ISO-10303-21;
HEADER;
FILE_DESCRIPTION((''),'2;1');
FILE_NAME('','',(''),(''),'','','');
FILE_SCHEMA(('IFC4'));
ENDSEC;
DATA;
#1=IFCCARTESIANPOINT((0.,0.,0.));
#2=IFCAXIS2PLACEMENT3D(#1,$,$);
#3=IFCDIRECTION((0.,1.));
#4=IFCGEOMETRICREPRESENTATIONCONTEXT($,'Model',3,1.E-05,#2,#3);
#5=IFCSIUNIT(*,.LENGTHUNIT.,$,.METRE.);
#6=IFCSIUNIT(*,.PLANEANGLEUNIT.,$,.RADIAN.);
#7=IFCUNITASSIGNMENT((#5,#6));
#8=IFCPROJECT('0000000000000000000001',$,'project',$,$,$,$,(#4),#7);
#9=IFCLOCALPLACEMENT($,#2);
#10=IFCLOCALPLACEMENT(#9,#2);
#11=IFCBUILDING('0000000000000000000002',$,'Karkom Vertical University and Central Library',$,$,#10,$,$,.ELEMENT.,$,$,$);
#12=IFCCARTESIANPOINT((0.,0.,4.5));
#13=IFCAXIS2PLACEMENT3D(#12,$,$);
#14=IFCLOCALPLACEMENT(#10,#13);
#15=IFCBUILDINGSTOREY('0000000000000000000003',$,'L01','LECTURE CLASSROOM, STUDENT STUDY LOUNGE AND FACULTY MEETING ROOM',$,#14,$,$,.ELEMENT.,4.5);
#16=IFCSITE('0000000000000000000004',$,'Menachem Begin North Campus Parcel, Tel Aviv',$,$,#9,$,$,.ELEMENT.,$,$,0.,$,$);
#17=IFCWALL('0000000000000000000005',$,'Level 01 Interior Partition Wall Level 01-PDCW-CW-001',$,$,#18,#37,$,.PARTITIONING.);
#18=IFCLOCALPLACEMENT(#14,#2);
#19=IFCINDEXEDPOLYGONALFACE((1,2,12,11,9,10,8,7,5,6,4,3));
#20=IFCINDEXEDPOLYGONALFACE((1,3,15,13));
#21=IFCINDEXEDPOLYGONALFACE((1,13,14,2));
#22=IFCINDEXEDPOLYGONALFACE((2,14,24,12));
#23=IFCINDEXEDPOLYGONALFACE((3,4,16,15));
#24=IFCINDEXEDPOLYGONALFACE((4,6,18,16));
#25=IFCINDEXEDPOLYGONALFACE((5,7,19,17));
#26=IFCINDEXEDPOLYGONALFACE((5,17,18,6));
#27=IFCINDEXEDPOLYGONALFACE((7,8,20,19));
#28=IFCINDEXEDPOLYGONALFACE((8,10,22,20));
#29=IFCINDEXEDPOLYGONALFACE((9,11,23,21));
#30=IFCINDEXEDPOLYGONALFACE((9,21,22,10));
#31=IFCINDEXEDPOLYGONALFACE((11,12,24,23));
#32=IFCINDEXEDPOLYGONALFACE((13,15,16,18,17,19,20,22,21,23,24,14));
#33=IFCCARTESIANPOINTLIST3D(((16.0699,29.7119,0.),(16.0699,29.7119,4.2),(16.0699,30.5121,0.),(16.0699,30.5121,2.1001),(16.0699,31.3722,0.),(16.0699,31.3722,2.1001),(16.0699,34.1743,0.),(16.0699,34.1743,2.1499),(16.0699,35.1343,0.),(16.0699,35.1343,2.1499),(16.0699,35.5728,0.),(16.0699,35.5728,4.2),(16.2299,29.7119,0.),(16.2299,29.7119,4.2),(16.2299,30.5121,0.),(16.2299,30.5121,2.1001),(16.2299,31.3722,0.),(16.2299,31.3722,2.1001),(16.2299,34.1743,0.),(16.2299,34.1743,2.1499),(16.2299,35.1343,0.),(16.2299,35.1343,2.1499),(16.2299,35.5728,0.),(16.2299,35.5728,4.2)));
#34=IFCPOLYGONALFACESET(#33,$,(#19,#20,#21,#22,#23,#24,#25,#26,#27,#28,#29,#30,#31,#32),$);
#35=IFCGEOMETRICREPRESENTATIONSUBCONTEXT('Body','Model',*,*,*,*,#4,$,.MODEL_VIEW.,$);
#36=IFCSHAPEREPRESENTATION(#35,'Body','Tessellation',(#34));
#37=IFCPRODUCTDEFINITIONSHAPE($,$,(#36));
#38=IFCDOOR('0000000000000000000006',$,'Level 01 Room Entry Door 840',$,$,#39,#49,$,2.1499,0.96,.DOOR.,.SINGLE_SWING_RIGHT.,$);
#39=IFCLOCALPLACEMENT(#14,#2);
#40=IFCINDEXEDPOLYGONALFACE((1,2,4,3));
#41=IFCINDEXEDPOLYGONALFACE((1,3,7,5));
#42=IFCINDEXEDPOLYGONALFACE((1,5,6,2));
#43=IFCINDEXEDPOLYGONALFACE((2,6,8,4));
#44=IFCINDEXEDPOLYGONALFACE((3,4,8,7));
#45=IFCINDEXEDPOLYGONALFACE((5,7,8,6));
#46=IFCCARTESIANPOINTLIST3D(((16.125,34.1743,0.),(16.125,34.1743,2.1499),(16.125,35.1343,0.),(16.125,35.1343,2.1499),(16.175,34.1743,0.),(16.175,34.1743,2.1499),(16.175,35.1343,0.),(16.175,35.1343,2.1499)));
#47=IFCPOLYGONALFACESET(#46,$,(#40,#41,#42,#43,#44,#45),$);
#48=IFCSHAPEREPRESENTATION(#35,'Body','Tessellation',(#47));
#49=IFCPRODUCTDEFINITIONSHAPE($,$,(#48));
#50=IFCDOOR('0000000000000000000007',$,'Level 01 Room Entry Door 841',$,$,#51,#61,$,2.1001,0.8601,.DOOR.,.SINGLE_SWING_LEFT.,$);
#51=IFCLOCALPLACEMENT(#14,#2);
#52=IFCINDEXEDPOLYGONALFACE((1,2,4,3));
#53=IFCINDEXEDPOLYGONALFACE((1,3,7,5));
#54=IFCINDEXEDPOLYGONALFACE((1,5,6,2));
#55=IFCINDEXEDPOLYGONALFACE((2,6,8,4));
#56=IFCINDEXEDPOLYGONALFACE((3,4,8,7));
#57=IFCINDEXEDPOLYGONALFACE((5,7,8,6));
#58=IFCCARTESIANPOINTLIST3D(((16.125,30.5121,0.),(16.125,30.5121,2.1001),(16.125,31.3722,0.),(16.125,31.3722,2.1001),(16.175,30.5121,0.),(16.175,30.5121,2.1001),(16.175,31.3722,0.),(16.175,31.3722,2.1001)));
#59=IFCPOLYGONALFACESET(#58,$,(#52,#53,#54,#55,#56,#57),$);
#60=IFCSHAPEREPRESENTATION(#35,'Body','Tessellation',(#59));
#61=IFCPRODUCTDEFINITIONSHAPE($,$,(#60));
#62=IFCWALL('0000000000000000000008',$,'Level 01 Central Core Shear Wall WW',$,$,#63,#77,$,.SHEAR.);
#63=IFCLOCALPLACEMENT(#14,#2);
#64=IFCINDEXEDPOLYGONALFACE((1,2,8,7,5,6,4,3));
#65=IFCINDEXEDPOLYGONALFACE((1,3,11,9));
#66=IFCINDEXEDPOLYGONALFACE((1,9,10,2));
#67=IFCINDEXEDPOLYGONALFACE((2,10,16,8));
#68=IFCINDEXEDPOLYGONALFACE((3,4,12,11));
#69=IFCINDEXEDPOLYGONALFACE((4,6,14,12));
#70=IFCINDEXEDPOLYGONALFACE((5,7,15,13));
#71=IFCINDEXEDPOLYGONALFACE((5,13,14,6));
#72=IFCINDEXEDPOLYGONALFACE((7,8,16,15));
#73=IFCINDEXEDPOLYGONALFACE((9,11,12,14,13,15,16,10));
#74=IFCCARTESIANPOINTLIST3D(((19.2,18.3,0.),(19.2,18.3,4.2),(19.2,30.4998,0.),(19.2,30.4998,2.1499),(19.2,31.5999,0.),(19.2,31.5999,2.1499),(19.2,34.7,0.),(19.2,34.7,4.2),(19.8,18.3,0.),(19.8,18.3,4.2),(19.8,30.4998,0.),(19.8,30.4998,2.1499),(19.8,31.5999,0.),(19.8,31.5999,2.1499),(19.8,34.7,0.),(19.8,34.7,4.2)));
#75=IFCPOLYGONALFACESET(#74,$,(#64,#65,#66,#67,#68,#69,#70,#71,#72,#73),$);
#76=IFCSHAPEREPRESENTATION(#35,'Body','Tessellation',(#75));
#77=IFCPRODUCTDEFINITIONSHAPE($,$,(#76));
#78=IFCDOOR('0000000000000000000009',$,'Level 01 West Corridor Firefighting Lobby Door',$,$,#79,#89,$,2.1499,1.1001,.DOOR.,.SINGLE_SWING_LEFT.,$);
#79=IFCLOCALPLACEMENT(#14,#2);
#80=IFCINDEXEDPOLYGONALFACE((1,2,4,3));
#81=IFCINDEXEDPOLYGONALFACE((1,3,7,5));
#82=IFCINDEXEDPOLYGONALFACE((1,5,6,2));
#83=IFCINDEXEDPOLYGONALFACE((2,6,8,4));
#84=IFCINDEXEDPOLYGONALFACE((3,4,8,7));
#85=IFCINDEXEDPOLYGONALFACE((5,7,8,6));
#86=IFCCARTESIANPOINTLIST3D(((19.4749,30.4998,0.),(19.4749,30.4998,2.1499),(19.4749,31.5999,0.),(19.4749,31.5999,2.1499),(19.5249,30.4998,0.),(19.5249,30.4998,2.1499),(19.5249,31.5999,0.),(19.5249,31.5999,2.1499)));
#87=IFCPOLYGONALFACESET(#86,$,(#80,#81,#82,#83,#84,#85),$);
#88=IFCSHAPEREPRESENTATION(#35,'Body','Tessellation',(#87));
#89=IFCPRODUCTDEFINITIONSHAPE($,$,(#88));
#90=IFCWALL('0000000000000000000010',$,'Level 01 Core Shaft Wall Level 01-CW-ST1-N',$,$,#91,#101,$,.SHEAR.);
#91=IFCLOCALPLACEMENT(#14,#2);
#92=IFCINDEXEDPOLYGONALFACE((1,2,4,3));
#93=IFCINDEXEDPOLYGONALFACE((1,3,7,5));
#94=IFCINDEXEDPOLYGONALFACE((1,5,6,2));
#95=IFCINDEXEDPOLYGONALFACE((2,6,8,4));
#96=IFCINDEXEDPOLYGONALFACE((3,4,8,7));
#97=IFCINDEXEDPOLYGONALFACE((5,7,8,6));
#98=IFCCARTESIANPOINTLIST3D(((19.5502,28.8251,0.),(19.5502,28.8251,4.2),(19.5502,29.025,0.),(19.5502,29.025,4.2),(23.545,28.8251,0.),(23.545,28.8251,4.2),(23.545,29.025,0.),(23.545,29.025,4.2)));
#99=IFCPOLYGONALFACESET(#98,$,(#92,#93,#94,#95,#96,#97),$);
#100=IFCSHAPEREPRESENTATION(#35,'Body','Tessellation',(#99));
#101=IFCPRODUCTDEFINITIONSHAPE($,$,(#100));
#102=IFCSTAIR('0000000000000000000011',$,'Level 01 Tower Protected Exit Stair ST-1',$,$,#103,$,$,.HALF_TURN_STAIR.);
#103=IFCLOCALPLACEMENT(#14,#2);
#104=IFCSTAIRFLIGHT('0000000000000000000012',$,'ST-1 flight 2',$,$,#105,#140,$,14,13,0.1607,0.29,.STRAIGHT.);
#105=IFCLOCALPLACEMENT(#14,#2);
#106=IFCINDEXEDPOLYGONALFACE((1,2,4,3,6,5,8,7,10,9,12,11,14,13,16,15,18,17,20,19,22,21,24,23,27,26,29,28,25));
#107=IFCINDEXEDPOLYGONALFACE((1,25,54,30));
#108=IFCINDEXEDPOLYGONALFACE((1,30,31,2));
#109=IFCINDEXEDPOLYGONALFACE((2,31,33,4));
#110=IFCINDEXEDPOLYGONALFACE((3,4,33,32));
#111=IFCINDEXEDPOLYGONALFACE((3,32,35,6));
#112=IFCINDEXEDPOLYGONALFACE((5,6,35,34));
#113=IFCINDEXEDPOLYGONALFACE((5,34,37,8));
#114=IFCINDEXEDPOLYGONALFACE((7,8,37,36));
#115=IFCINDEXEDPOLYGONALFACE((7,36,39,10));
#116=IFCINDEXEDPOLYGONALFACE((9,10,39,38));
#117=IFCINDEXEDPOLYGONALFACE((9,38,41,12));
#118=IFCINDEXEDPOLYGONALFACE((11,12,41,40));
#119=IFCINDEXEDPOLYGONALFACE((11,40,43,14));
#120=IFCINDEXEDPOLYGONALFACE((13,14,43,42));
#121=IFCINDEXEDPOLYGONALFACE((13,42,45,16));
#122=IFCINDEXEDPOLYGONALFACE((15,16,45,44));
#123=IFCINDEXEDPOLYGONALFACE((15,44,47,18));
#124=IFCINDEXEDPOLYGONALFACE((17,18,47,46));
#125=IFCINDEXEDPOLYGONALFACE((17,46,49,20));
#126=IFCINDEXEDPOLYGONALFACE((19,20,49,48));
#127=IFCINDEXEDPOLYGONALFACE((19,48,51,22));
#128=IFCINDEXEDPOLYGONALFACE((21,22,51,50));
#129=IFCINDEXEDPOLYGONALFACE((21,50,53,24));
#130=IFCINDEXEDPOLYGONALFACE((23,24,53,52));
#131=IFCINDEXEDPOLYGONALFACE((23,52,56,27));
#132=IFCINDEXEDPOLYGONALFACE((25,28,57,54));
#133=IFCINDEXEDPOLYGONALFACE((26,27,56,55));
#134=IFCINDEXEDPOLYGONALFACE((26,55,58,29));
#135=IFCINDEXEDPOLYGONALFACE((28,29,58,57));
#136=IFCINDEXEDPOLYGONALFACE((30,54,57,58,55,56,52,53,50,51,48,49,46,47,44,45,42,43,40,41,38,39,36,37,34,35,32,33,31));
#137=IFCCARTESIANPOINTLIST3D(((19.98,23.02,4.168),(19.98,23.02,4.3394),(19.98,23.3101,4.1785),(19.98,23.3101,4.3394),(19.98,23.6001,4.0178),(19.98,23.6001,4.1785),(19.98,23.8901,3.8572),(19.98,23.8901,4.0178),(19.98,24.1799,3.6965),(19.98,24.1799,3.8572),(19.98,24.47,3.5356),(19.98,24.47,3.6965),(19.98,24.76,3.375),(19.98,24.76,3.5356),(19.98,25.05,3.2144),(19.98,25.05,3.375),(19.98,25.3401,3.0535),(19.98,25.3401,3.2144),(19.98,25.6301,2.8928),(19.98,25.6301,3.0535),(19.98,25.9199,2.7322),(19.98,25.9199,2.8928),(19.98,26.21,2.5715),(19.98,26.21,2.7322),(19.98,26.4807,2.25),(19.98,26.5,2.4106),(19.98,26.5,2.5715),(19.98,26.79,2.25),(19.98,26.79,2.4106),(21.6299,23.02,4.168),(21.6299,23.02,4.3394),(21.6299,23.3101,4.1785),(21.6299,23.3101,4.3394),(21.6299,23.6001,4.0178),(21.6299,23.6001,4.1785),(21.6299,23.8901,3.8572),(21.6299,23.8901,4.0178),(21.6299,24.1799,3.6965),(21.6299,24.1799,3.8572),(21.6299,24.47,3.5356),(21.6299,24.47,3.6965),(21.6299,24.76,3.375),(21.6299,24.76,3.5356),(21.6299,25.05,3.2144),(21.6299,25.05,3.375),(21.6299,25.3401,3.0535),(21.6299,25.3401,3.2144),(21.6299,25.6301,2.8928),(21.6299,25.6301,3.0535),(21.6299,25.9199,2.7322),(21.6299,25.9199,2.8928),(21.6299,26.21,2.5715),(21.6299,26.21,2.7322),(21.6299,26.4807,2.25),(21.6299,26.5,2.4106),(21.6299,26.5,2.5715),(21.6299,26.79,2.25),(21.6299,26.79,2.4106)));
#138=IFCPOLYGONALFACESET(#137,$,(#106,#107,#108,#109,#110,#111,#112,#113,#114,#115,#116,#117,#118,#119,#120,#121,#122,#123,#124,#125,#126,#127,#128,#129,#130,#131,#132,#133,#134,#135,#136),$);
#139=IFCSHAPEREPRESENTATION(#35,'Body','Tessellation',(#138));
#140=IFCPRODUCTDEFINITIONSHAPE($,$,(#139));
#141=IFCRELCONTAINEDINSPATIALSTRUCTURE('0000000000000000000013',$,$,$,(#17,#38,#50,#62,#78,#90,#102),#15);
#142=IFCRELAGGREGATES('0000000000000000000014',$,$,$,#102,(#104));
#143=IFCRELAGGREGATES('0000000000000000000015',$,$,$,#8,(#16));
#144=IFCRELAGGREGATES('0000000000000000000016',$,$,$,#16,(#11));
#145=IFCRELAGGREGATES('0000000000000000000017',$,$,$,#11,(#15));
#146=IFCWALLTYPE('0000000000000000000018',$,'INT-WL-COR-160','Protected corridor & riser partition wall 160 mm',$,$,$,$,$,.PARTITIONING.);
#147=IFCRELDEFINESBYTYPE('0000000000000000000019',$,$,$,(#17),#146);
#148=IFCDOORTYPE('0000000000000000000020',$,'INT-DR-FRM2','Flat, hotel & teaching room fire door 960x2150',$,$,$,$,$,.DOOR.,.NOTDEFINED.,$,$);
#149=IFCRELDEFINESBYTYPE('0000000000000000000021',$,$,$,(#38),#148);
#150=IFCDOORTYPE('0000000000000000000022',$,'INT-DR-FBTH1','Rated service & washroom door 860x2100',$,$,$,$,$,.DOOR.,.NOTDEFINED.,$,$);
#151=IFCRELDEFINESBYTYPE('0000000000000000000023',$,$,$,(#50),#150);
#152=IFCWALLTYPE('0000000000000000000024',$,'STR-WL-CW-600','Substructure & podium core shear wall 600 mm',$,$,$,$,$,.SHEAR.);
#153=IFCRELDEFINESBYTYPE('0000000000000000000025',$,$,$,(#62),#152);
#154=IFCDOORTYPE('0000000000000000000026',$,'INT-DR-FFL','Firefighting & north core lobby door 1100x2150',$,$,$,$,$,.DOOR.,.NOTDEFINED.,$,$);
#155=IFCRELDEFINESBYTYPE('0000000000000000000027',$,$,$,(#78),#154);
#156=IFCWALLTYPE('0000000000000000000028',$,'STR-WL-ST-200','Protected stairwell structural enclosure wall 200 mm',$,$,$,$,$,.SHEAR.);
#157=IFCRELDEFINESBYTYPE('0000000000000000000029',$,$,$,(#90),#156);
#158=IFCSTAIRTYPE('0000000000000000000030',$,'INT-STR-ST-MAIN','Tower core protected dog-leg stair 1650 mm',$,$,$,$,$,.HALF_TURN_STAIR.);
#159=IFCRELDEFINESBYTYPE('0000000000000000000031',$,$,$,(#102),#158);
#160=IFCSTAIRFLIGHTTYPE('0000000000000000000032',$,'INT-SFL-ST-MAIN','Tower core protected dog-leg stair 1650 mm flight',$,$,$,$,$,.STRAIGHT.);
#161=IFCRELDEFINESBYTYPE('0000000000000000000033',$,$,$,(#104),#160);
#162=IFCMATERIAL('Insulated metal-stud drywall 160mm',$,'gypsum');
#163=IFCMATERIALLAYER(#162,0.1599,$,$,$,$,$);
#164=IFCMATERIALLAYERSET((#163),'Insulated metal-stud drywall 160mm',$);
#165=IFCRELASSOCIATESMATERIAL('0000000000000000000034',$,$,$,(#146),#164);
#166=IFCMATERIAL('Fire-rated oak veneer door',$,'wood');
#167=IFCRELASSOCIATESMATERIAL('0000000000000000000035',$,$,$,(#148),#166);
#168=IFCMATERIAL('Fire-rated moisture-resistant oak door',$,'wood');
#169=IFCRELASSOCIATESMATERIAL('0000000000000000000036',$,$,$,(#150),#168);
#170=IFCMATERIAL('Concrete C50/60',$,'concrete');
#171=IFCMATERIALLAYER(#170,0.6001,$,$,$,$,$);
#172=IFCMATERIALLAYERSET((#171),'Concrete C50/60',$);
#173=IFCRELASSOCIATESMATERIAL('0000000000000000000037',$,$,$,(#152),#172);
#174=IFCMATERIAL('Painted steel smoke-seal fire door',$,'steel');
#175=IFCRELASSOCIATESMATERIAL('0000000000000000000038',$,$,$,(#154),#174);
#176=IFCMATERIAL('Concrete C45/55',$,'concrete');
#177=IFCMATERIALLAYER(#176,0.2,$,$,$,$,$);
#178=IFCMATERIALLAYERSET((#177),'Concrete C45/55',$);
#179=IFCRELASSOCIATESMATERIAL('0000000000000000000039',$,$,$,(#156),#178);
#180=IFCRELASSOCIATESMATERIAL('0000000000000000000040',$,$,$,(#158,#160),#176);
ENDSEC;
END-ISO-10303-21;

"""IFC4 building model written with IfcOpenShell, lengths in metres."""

from ifc_helpers import new_model, si_unit, direction, frame, frame_2d, origin, origin_with_axes, place, context, subcontext, project, spatial, polyline, rectangle, outline, extrude, source, transform, mapped, material, layer, layer_set, type_object, element, fill, aggregate, save


model = new_model("IFC4")

# Units and contexts
model_context = context("Model", 3, precision=1e-05, world=origin(), true_north=direction((0.0, 1.0)))
body_context = subcontext(model_context, "Body", "Model", "MODEL_VIEW")
ifc_project = project(units=[si_unit("LENGTHUNIT", "METRE"), si_unit("PLANEANGLEUNIT", "RADIAN")], contexts=[model_context])

# Site, building, storey
site_placement = place(None, origin())
site = spatial("IfcSite", under=ifc_project, at=site_placement, Name="Menachem Begin North Campus Parcel, Tel Aviv", CompositionType="ELEMENT", RefElevation=0.0)
building_placement = place(site_placement, origin())
building = spatial("IfcBuilding", under=site, at=building_placement, Name="Karkom Vertical University and Central Library", CompositionType="ELEMENT")
storey_placement = place(building_placement, frame((0.0, 0.0, 4.5)))
storey = spatial("IfcBuildingStorey", under=building, at=storey_placement, Name="L01", Description="LECTURE CLASSROOM, STUDENT STUDY LOUNGE AND FACULTY MEETING ROOM", CompositionType="ELEMENT", Elevation=4.5)

# Shared definitions
ifc_material_1 = material(Name="Concrete C50/60", Category="concrete")

# Shared definitions
ifc_material_2 = material(Name="Insulated metal-stud drywall 160mm", Category="gypsum")
ifc_layer_1 = layer(ifc_material_2, 0.1599)
ifc_layer_set_1 = layer_set([ifc_layer_1], Name="Insulated metal-stud drywall 160mm")
wall_type_1 = type_object("IfcWallType", Name="INT-WL-COR-160", Description="Protected corridor & riser partition wall 160 mm", PredefinedType="PARTITIONING", material=ifc_layer_set_1)
ifc_material_3 = material(Name="Fire-rated moisture-resistant oak door", Category="wood")

# Wall, openings, doors
wall_1_placement = place(storey_placement, frame((16.1499, 29.7119, 0.0), z_axis=(0.0, 0.0, 1.0), x_axis=(0.0, 1.0, 0.0)))
wall_1 = element("IfcWall", 1, at=wall_1_placement, inside=storey, type_object=wall_type_1, Name="Level 01 Interior Partition Wall Level 01-PDCW-CW-001", PredefinedType="PARTITIONING", context=body_context, shape_type="SweptSolid", body=[
    extrude(rectangle(XDim=5.8608, YDim=0.1599, at=frame_2d((2.9304, 0.0))), origin(), (0.0, 0.0, 1.0), 4.2),
])
opening_1_placement = place(wall_1_placement, frame((4.4624, 0.0, 0.0)))
opening_1 = element("IfcOpeningElement", 2, at=opening_1_placement, cuts=wall_1, PredefinedType="OPENING", context=body_context, shape_type="SweptSolid", body=[
    extrude(rectangle(XDim=0.96, YDim=2.1499, at=frame_2d((0.48, 1.075))), frame((0.0, 0.0898, 0.0), z_axis=(0.0, -1.0, 0.0), x_axis=(1.0, 0.0, 0.0)), (0.0, 0.0, 1.0), 0.1799),
])
opening_2_placement = place(wall_1_placement, frame((0.8, 0.0, 0.0)))
opening_2 = element("IfcOpeningElement", 3, at=opening_2_placement, cuts=wall_1, PredefinedType="OPENING", context=body_context, shape_type="SweptSolid", body=[
    extrude(rectangle(XDim=0.8601, YDim=2.1001, at=frame_2d((0.4302, 1.05))), frame((0.0, 0.0898, 0.0), z_axis=(0.0, -1.0, 0.0), x_axis=(1.0, 0.0, 0.0)), (0.0, 0.0, 1.0), 0.1799),
])
ifc_material_4 = material(Name="Fire-rated oak veneer door", Category="wood")
door_type_1 = type_object("IfcDoorType", Name="INT-DR-FRM2", Description="Flat, hotel & teaching room fire door 960x2150", OperationType="NOTDEFINED", PredefinedType="DOOR", material=ifc_material_4)
shared_shape_1 = source(origin_with_axes(), body_context, "Body", "SweptSolid", [
    extrude(rectangle(XDim=0.96, YDim=2.1499, at=frame_2d((0.48, 1.075))), frame((0.0, 0.0249, 0.0), z_axis=(0.0, -1.0, 0.0), x_axis=(1.0, 0.0, 0.0)), (0.0, 0.0, 1.0), 0.05),
])
door_1_placement = place(opening_1_placement, origin())
door_1 = element("IfcDoor", 4, at=door_1_placement, inside=storey, type_object=door_type_1, Name="Level 01 Room Entry Door 840", OperationType="SINGLE_SWING_RIGHT", OverallHeight=2.1499, OverallWidth=0.96, PredefinedType="DOOR", context=body_context, shape_type="MappedRepresentation", body=[
    mapped(shared_shape_1, transform((0.0, 0.0, 0.0), scale=1.0)),
])
fill(opening_1, door_1)
door_type_2 = type_object("IfcDoorType", Name="INT-DR-FBTH1", Description="Rated service & washroom door 860x2100", OperationType="NOTDEFINED", PredefinedType="DOOR", material=ifc_material_3)
shared_shape_2 = source(origin_with_axes(), body_context, "Body", "SweptSolid", [
    extrude(rectangle(XDim=0.8601, YDim=2.1001, at=frame_2d((0.4302, 1.05))), frame((0.0, 0.0249, 0.0), z_axis=(0.0, -1.0, 0.0), x_axis=(1.0, 0.0, 0.0)), (0.0, 0.0, 1.0), 0.05),
])
door_2_placement = place(opening_2_placement, origin())
door_2 = element("IfcDoor", 5, at=door_2_placement, inside=storey, type_object=door_type_2, Name="Level 01 Room Entry Door 841", OperationType="SINGLE_SWING_LEFT", OverallHeight=2.1001, OverallWidth=0.8601, PredefinedType="DOOR", context=body_context, shape_type="MappedRepresentation", body=[
    mapped(shared_shape_2, transform((0.0, 0.0, 0.0), scale=1.0)),
])
fill(opening_2, door_2)

# Wall, opening, door
ifc_layer_2 = layer(ifc_material_1, 0.6001)
ifc_layer_set_2 = layer_set([ifc_layer_2], Name="Concrete C50/60")
wall_type_2 = type_object("IfcWallType", Name="STR-WL-CW-600", Description="Substructure & podium core shear wall 600 mm", PredefinedType="SHEAR", material=ifc_layer_set_2)
wall_2_placement = place(storey_placement, frame((19.5, 34.7, 0.0), z_axis=(0.0, 0.0, 1.0), x_axis=(0.0, -1.0, 0.0)))
wall_2 = element("IfcWall", 6, at=wall_2_placement, inside=storey, type_object=wall_type_2, Name="Level 01 Central Core Shear Wall WW", PredefinedType="SHEAR", context=body_context, shape_type="SweptSolid", body=[
    extrude(rectangle(XDim=16.3999, YDim=0.6001, at=frame_2d((8.2, 0.0))), origin(), (0.0, 0.0, 1.0), 4.2),
])
opening_3_placement = place(wall_2_placement, frame((3.1001, 0.0, 0.0)))
opening_3 = element("IfcOpeningElement", 7, at=opening_3_placement, cuts=wall_2, PredefinedType="OPENING", context=body_context, shape_type="SweptSolid", body=[
    extrude(rectangle(XDim=1.1001, YDim=2.1499, at=frame_2d((0.55, 1.075))), frame((0.0, 0.3101, 0.0), z_axis=(0.0, -1.0, 0.0), x_axis=(1.0, 0.0, 0.0)), (0.0, 0.0, 1.0), 0.6201),
])
ifc_material_5 = material(Name="Painted steel smoke-seal fire door", Category="steel")
door_type_3 = type_object("IfcDoorType", Name="INT-DR-FFL", Description="Firefighting & north core lobby door 1100x2150", OperationType="NOTDEFINED", PredefinedType="DOOR", material=ifc_material_5)
shared_shape_3 = source(origin_with_axes(), body_context, "Body", "SweptSolid", [
    extrude(rectangle(XDim=1.1001, YDim=2.1499, at=frame_2d((0.55, 1.075))), frame((0.0, 0.0249, 0.0), z_axis=(0.0, -1.0, 0.0), x_axis=(1.0, 0.0, 0.0)), (0.0, 0.0, 1.0), 0.05),
])
door_3_placement = place(opening_3_placement, origin())
door_3 = element("IfcDoor", 8, at=door_3_placement, inside=storey, type_object=door_type_3, Name="Level 01 West Corridor Firefighting Lobby Door", OperationType="SINGLE_SWING_LEFT", OverallHeight=2.1499, OverallWidth=1.1001, PredefinedType="DOOR", context=body_context, shape_type="MappedRepresentation", body=[
    mapped(shared_shape_3, transform((0.0, 0.0, 0.0), scale=1.0)),
])
fill(opening_3, door_3)

# Wall
ifc_material_6 = material(Name="Concrete C45/55", Category="concrete")
ifc_layer_3 = layer(ifc_material_6, 0.2)
ifc_layer_set_3 = layer_set([ifc_layer_3], Name="Concrete C45/55")
wall_type_3 = type_object("IfcWallType", Name="STR-WL-ST-200", Description="Protected stairwell structural enclosure wall 200 mm", PredefinedType="SHEAR", material=ifc_layer_set_3)
wall_3_placement = place(storey_placement, frame((19.55, 28.925, 0.0), z_axis=(0.0, 0.0, 1.0), x_axis=(1.0, 0.0, 0.0)))
element("IfcWall", 9, at=wall_3_placement, inside=storey, type_object=wall_type_3, Name="Level 01 Core Shaft Wall Level 01-CW-ST1-N", PredefinedType="SHEAR", context=body_context, shape_type="SweptSolid", body=[
    extrude(rectangle(XDim=3.9949, YDim=0.2, at=frame_2d((1.9976, 0.0))), origin(), (0.0, 0.0, 1.0), 4.2),
])

# Stair, stair flight
stair_type_1 = type_object("IfcStairType", Name="INT-STR-ST-MAIN", Description="Tower core protected dog-leg stair 1650 mm", PredefinedType="HALF_TURN_STAIR", material=ifc_material_6)
stair_1_placement = place(storey_placement, origin())
stair_1 = element("IfcStair", 10, at=stair_1_placement, inside=storey, type_object=stair_type_1, Name="Level 01 Tower Protected Exit Stair ST-1", PredefinedType="HALF_TURN_STAIR")
stair_flight_type_1 = type_object("IfcStairFlightType", Name="INT-SFL-ST-MAIN", Description="Tower core protected dog-leg stair 1650 mm flight", PredefinedType="STRAIGHT", material=ifc_material_6)
stair_flight_1_placement = place(storey_placement, frame((20.8049, 26.79, 2.25), z_axis=(0.0, 0.0, 1.0), x_axis=(0.0, -1.0, 0.0)))
stair_flight_1 = element("IfcStairFlight", 11, at=stair_flight_1_placement, type_object=stair_flight_type_1, Name="ST-1 flight 2", NumberOfRisers=14, NumberOfTreads=13, PredefinedType="STRAIGHT", RiserHeight=0.1607, TreadLength=0.29, context=body_context, shape_type="SweptSolid", body=[
    extrude(outline(polyline([(0.0, 0.0), (0.0, 0.1606), (0.29, 0.1606), (0.29, 0.3215), (0.5801, 0.3215), (0.5801, 0.4822), (0.8701, 0.4822), (0.8701, 0.6428), (1.1599, 0.6428), (1.1599, 0.8035), (1.45, 0.8035), (1.45, 0.9644), (1.74, 0.9644), (1.74, 1.125), (2.03, 1.125), (2.03, 1.2856), (2.3201, 1.2856), (2.3201, 1.4465), (2.6101, 1.4465), (2.6101, 1.6072), (2.8999, 1.6072), (2.8999, 1.7678), (3.1899, 1.7678), (3.1899, 1.9285), (3.48, 1.9285), (3.48, 2.0894), (3.77, 2.0894), (3.77, 2.25), (3.77, 1.918), (0.3093, 0.0), (0.0, 0.0)])), frame((0.0, 0.825, 0.0), z_axis=(0.0, -1.0, 0.0), x_axis=(1.0, 0.0, 0.0)), (0.0, 0.0, 1.0), 1.6499),
])
aggregate(stair_1, [stair_flight_1])

save(model, "model.ifc")
